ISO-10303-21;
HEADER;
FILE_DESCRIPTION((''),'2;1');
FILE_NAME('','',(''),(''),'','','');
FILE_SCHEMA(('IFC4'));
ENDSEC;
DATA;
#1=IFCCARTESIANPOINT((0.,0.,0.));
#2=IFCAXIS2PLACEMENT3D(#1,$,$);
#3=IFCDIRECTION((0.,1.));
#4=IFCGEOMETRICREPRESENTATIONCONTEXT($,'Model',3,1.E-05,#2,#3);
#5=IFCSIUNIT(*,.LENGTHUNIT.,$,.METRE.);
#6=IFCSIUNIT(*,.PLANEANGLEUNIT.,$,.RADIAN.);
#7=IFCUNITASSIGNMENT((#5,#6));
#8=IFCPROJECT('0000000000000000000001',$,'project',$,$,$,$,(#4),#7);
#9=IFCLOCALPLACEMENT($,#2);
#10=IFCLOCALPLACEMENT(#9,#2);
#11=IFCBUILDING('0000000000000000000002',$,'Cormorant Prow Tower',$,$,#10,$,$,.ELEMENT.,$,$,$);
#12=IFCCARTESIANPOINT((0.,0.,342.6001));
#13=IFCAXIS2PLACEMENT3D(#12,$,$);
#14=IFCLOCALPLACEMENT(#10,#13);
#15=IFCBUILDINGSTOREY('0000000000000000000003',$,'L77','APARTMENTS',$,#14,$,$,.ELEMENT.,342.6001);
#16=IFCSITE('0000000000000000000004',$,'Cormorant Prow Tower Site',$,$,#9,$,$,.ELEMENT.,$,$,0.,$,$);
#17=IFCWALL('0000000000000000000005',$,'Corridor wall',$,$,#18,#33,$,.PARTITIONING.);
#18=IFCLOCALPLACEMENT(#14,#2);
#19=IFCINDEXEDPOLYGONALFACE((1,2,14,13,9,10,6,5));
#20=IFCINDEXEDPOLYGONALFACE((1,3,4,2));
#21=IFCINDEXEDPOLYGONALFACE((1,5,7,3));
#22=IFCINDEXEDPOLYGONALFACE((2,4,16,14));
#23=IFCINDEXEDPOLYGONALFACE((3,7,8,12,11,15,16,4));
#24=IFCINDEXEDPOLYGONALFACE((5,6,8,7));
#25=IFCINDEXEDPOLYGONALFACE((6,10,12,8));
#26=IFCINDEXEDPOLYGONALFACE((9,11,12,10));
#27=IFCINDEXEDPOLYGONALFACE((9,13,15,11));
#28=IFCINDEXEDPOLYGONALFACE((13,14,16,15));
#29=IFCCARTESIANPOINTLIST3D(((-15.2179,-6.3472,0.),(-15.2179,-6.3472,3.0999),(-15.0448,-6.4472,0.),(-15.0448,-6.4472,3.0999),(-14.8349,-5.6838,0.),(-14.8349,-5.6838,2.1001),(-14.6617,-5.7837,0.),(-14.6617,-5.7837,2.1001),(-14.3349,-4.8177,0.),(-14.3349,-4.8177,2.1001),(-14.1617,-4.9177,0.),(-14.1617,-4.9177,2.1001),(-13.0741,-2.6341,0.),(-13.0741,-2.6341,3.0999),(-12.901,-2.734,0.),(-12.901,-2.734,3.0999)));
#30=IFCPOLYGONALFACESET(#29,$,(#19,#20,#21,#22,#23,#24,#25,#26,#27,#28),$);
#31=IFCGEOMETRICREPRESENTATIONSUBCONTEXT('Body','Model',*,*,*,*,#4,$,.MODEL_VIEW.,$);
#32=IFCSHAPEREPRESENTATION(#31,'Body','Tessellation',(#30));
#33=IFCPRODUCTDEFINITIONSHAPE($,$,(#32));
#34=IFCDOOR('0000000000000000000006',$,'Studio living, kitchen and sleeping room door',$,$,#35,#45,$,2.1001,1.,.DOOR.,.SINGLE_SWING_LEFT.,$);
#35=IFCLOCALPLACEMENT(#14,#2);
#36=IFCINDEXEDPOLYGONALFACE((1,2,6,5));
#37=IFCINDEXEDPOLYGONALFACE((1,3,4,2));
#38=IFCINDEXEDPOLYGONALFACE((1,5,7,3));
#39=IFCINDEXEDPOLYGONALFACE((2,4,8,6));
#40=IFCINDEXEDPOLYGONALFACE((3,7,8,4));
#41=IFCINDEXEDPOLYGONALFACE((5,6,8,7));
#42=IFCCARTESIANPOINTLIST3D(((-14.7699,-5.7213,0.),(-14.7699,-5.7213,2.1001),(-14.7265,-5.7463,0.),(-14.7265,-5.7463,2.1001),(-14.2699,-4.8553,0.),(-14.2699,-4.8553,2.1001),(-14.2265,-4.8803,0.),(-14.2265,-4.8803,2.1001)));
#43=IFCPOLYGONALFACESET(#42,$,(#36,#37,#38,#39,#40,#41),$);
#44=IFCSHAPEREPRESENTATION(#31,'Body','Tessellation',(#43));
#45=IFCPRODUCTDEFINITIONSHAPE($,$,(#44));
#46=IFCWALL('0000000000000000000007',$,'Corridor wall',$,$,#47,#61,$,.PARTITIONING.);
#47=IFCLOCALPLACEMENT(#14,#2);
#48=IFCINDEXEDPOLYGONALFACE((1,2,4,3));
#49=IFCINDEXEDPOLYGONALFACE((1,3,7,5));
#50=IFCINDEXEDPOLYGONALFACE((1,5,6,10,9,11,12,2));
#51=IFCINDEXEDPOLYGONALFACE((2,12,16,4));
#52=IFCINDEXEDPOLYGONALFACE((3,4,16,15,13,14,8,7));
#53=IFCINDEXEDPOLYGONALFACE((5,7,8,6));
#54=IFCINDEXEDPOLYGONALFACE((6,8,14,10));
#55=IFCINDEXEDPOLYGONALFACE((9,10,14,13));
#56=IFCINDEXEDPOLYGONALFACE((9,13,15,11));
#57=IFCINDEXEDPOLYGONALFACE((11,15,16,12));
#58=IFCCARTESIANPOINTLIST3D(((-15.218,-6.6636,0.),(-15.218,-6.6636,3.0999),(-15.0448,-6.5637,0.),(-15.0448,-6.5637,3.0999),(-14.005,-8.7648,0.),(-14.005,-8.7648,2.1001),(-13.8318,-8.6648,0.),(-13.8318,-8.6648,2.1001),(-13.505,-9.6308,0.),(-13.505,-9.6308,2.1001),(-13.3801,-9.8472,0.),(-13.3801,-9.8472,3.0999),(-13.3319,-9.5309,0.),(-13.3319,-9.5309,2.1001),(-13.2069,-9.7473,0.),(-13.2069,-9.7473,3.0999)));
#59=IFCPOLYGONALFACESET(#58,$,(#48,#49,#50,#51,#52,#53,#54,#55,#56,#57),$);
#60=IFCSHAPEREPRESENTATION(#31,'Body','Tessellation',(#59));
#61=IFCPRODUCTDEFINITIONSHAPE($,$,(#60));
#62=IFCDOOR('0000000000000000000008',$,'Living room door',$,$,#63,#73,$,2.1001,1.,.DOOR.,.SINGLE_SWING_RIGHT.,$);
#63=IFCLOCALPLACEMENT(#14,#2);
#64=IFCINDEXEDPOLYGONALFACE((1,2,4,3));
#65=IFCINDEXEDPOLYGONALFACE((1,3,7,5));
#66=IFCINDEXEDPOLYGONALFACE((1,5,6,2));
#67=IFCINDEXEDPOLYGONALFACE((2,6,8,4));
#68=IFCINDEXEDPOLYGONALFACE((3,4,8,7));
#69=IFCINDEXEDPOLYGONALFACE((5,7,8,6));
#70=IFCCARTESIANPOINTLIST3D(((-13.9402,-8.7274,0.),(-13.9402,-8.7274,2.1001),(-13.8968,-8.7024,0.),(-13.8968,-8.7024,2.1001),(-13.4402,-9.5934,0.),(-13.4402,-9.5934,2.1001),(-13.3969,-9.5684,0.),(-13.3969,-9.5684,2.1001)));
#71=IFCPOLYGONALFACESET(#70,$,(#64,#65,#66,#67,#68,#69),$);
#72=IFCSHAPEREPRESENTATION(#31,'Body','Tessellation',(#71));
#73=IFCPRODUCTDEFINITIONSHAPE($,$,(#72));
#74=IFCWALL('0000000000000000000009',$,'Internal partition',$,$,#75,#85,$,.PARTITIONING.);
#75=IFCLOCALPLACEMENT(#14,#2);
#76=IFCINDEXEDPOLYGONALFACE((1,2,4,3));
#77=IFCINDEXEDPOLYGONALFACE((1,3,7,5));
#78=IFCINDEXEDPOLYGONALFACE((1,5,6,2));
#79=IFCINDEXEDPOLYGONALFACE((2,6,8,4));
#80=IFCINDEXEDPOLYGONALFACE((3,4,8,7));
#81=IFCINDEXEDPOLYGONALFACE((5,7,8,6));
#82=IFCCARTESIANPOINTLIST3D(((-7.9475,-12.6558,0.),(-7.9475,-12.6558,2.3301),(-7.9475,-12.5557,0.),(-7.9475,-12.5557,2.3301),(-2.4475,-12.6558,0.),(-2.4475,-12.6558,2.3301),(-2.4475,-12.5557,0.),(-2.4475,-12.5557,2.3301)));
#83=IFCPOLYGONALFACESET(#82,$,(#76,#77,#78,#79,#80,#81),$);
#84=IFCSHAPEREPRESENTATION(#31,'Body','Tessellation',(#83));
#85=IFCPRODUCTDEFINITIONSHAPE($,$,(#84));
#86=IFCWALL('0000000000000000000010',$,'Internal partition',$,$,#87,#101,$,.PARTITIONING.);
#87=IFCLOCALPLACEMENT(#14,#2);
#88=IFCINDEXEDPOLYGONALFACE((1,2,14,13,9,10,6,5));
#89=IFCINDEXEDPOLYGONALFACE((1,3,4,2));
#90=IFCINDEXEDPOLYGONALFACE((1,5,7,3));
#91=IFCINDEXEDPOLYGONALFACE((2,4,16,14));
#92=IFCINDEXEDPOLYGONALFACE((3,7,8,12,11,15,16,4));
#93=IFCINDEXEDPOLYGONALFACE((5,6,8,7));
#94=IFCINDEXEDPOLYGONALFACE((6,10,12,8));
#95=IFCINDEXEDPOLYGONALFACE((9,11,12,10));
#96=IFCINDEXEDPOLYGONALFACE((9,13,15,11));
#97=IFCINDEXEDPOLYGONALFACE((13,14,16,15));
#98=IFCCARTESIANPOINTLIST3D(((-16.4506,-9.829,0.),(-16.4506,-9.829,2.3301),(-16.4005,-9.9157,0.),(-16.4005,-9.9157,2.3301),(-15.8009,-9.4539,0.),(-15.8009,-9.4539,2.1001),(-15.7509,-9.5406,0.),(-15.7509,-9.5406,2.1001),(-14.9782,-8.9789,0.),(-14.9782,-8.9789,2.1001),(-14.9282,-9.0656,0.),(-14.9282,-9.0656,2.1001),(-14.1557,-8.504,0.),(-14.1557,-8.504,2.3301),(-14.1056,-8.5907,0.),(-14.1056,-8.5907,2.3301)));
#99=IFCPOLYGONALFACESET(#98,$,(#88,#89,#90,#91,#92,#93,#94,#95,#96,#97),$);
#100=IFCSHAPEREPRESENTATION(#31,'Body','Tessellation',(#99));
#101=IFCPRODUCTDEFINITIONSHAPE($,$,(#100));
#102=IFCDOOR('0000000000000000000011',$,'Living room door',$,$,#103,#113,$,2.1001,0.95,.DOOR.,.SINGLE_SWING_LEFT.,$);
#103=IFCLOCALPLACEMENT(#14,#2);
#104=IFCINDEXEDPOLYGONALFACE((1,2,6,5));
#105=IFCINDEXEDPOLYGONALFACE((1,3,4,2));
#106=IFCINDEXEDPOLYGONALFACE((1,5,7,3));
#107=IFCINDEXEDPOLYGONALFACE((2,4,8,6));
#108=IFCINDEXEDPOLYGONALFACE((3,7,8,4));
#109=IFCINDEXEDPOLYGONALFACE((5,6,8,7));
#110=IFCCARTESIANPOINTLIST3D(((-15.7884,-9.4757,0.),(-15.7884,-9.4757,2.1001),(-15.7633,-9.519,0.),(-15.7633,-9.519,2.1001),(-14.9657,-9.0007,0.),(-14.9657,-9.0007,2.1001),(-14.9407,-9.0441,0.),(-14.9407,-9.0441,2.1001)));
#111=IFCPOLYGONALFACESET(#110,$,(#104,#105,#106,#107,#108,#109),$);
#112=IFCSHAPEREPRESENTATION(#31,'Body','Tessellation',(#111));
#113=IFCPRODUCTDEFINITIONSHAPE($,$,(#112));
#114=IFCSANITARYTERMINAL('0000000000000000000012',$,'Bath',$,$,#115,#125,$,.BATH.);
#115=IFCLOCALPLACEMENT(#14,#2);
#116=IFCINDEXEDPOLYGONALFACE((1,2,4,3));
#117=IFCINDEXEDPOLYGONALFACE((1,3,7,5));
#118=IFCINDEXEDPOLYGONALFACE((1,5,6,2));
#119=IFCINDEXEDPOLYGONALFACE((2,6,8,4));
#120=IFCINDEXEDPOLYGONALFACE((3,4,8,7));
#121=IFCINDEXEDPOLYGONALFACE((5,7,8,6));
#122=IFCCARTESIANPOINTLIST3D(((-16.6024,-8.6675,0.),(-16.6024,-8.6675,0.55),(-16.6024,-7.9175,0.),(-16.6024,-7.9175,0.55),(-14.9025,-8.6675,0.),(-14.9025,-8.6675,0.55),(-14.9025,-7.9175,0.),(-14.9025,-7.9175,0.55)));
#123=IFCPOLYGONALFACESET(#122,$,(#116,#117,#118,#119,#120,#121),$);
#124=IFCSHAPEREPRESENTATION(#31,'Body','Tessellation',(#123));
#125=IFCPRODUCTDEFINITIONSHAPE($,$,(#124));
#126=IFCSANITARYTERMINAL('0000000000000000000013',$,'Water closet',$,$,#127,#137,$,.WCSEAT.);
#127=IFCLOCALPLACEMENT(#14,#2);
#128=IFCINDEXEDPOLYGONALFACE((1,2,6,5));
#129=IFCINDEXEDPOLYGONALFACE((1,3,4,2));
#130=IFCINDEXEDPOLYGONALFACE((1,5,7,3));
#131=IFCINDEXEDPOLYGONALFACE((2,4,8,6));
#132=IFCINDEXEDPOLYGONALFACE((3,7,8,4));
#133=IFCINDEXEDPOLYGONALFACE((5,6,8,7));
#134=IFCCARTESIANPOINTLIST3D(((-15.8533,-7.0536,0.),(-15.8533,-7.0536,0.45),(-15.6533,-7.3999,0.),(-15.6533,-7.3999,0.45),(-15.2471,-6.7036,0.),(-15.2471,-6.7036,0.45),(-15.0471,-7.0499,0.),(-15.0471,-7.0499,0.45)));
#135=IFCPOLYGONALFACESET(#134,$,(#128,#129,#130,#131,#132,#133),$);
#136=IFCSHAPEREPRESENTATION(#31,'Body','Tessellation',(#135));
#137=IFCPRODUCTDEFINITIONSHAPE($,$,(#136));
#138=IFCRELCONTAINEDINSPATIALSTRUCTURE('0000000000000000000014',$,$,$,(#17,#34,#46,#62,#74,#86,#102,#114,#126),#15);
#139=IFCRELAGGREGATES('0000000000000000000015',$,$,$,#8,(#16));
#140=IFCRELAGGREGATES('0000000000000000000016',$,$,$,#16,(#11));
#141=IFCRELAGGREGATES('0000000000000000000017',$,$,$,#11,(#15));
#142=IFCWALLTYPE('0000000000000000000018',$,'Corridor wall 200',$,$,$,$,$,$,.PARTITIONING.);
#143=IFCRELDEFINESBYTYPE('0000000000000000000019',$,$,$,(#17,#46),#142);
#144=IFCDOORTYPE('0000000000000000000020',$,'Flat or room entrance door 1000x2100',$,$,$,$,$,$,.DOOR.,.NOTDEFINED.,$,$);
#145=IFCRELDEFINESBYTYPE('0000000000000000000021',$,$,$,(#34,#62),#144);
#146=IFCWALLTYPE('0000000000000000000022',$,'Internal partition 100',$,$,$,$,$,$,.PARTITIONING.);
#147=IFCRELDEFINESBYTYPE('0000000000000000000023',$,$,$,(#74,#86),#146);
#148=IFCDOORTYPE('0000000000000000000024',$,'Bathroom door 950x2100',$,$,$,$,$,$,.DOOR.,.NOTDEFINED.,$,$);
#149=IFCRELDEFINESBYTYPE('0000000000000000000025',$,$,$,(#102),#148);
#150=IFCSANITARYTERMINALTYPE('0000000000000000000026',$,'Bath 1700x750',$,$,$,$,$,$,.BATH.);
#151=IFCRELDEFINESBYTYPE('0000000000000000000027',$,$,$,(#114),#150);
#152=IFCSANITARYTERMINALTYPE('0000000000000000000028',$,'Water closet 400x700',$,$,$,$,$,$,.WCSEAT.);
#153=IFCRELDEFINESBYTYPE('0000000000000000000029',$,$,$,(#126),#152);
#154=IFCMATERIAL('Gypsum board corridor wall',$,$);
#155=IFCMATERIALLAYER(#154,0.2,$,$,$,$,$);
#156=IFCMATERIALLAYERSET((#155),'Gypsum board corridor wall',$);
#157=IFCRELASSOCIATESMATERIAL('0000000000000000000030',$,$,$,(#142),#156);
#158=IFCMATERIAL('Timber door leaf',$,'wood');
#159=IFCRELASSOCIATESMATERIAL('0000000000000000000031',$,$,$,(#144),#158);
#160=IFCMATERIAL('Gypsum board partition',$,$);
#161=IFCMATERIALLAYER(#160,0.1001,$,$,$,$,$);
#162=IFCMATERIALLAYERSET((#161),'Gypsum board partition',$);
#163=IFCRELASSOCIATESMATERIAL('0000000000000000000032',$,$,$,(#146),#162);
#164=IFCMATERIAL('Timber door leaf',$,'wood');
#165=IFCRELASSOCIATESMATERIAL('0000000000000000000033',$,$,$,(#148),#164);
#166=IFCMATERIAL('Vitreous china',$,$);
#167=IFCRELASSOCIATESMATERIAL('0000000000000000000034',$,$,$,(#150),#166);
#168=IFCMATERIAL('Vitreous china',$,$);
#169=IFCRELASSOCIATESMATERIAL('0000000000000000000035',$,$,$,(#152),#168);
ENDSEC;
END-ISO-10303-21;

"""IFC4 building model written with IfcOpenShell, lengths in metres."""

from ifc_helpers import new_model, si_unit, direction, frame, frame_2d, origin, origin_2d, place, context, subcontext, project, spatial, rectangle, extrude, material, layer, layer_set, type_object, element, fill, save


model = new_model("IFC4")

# Units and contexts
model_context = context("Model", 3, precision=1e-05, world=origin(), true_north=direction((0.0, 1.0)))
body_context = subcontext(model_context, "Body", "Model", "MODEL_VIEW")
ifc_project = project(units=[si_unit("LENGTHUNIT", "METRE"), si_unit("PLANEANGLEUNIT", "RADIAN")], contexts=[model_context])

# Site, building, storey
site_placement = place(None, origin())
site = spatial("IfcSite", under=ifc_project, at=site_placement, Name="Cormorant Prow Tower Site", CompositionType="ELEMENT", RefElevation=0.0)
building_placement = place(site_placement, origin())
building = spatial("IfcBuilding", under=site, at=building_placement, Name="Cormorant Prow Tower", CompositionType="ELEMENT")
storey_placement = place(building_placement, frame((0.0, 0.0, 342.6001)))
storey = spatial("IfcBuildingStorey", under=building, at=storey_placement, Name="L77", Description="APARTMENTS", CompositionType="ELEMENT", Elevation=342.6001)

# Shared definitions
ifc_material_1 = material(Name="Gypsum board corridor wall")
ifc_layer_1 = layer(ifc_material_1, 0.2)
ifc_layer_set_1 = layer_set([ifc_layer_1], Name="Gypsum board corridor wall")
wall_type_1 = type_object("IfcWallType", Name="Corridor wall 200", PredefinedType="PARTITIONING", material=ifc_layer_set_1)
ifc_material_2 = material(Name="Timber door leaf", Category="wood")
door_type_1 = type_object("IfcDoorType", Name="Flat or room entrance door 1000x2100", OperationType="NOTDEFINED", PredefinedType="DOOR", material=ifc_material_2)

# Walls, openings, doors
wall_1_placement = place(storey_placement, frame((-15.1313, -6.3972, 0.0), z_axis=(0.0, 0.0, 1.0), x_axis=(0.500003, 0.866023, 0.0)))
wall_1 = element("IfcWall", 1, at=wall_1_placement, inside=storey, type_object=wall_type_1, Name="Corridor wall", PredefinedType="PARTITIONING", context=body_context, shape_type="SweptSolid", body=[
    extrude(rectangle(XDim=4.2876, YDim=0.2, at=frame_2d((2.1438, 0.0))), origin(), (0.0, 0.0, 1.0), 3.0999),
])
opening_1_placement = place(wall_1_placement, frame((0.7661, 0.0, 0.0)))
opening_1 = element("IfcOpeningElement", 2, at=opening_1_placement, cuts=wall_1, PredefinedType="OPENING", context=body_context, shape_type="SweptSolid", body=[
    extrude(rectangle(XDim=1.0, YDim=2.1001, at=frame_2d((0.5, 1.05))), frame((0.0, 0.1099, 0.0), z_axis=(0.0, -1.0, 0.0), x_axis=(1.0, 0.0, 0.0)), (0.0, 0.0, 1.0), 0.22),
])
door_1_placement = place(opening_1_placement, origin())
door_1 = element("IfcDoor", 3, at=door_1_placement, inside=storey, type_object=door_type_1, Name="Studio living, kitchen and sleeping room door", OperationType="SINGLE_SWING_LEFT", OverallHeight=2.1001, OverallWidth=1.0, PredefinedType="DOOR", context=body_context, shape_type="SweptSolid", body=[
    extrude(rectangle(XDim=1.0, YDim=2.1001, at=frame_2d((0.5, 1.05))), frame((0.0, 0.0249, 0.0), z_axis=(0.0, -1.0, 0.0), x_axis=(1.0, 0.0, 0.0)), (0.0, 0.0, 1.0), 0.05),
])
fill(opening_1, door_1)
wall_2_placement = place(storey_placement, frame((-15.1313, -6.6138, 0.0), z_axis=(0.0, 0.0, 1.0), x_axis=(0.499968, -0.866044, 0.0)))
wall_2 = element("IfcWall", 4, at=wall_2_placement, inside=storey, type_object=wall_type_1, Name="Corridor wall", PredefinedType="PARTITIONING", context=body_context, shape_type="SweptSolid", body=[
    extrude(rectangle(XDim=3.676, YDim=0.2, at=frame_2d((1.8379, 0.0))), origin(), (0.0, 0.0, 1.0), 3.0999),
])
opening_2_placement = place(wall_2_placement, frame((2.426, 0.0, 0.0)))
opening_2 = element("IfcOpeningElement", 5, at=opening_2_placement, cuts=wall_2, PredefinedType="OPENING", context=body_context, shape_type="SweptSolid", body=[
    extrude(rectangle(XDim=1.0, YDim=2.1001, at=frame_2d((0.5, 1.05))), frame((0.0, 0.1099, 0.0), z_axis=(0.0, -1.0, 0.0), x_axis=(1.0, 0.0, 0.0)), (0.0, 0.0, 1.0), 0.22),
])
door_2_placement = place(opening_2_placement, origin())
door_2 = element("IfcDoor", 6, at=door_2_placement, inside=storey, type_object=door_type_1, Name="Living room door", OperationType="SINGLE_SWING_RIGHT", OverallHeight=2.1001, OverallWidth=1.0, PredefinedType="DOOR", context=body_context, shape_type="SweptSolid", body=[
    extrude(rectangle(XDim=1.0, YDim=2.1001, at=frame_2d((0.5, 1.05))), frame((0.0, 0.0249, 0.0), z_axis=(0.0, -1.0, 0.0), x_axis=(1.0, 0.0, 0.0)), (0.0, 0.0, 1.0), 0.05),
])
fill(opening_2, door_2)

# Wall
ifc_material_3 = material(Name="Gypsum board partition")
ifc_layer_2 = layer(ifc_material_3, 0.1001)
ifc_layer_set_2 = layer_set([ifc_layer_2], Name="Gypsum board partition")
wall_type_2 = type_object("IfcWallType", Name="Internal partition 100", PredefinedType="PARTITIONING", material=ifc_layer_set_2)
wall_3_placement = place(storey_placement, frame((-7.9475, -12.6057, 0.0), z_axis=(0.0, 0.0, 1.0), x_axis=(1.0, 0.0, 0.0)))
element("IfcWall", 7, at=wall_3_placement, inside=storey, type_object=wall_type_2, Name="Internal partition", PredefinedType="PARTITIONING", context=body_context, shape_type="SweptSolid", body=[
    extrude(rectangle(XDim=5.5, YDim=0.1001, at=frame_2d((2.75, 0.0))), origin(), (0.0, 0.0, 1.0), 2.3301),
])

# Wall, opening, door
wall_4_placement = place(storey_placement, frame((-16.4255, -9.8723, 0.0), z_axis=(0.0, 0.0, 1.0), x_axis=(0.866029, 0.499994, 0.0)))
wall_4 = element("IfcWall", 8, at=wall_4_placement, inside=storey, type_object=wall_type_2, Name="Internal partition", PredefinedType="PARTITIONING", context=body_context, shape_type="SweptSolid", body=[
    extrude(rectangle(XDim=2.6499, YDim=0.1001, at=frame_2d((1.325, 0.0))), origin(), (0.0, 0.0, 1.0), 2.3301),
])
opening_3_placement = place(wall_4_placement, frame((0.75, 0.0, 0.0)))
opening_3 = element("IfcOpeningElement", 9, at=opening_3_placement, cuts=wall_4, PredefinedType="OPENING", context=body_context, shape_type="SweptSolid", body=[
    extrude(rectangle(XDim=0.95, YDim=2.1001, at=frame_2d((0.4751, 1.05))), frame((0.0, 0.0601, 0.0), z_axis=(0.0, -1.0, 0.0), x_axis=(1.0, 0.0, 0.0)), (0.0, 0.0, 1.0), 0.1201),
])
ifc_material_4 = material(Name="Timber door leaf", Category="wood")
door_type_2 = type_object("IfcDoorType", Name="Bathroom door 950x2100", OperationType="NOTDEFINED", PredefinedType="DOOR", material=ifc_material_4)
door_3_placement = place(opening_3_placement, origin())
door_3 = element("IfcDoor", 10, at=door_3_placement, inside=storey, type_object=door_type_2, Name="Living room door", OperationType="SINGLE_SWING_LEFT", OverallHeight=2.1001, OverallWidth=0.95, PredefinedType="DOOR", context=body_context, shape_type="SweptSolid", body=[
    extrude(rectangle(XDim=0.95, YDim=2.1001, at=frame_2d((0.4751, 1.05))), frame((0.0, 0.0249, 0.0), z_axis=(0.0, -1.0, 0.0), x_axis=(1.0, 0.0, 0.0)), (0.0, 0.0, 1.0), 0.05),
])
fill(opening_3, door_3)

# Sanitary terminals
ifc_material_5 = material(Name="Vitreous china")
sanitary_terminal_type_1 = type_object("IfcSanitaryTerminalType", Name="Bath 1700x750", PredefinedType="BATH", material=ifc_material_5)
sanitary_terminal_1_placement = place(storey_placement, frame((-15.7524, -8.2925, 0.0), z_axis=(0.0, 0.0, 1.0), x_axis=(1.0, 0.0, 0.0)))
element("IfcSanitaryTerminal", 11, at=sanitary_terminal_1_placement, inside=storey, type_object=sanitary_terminal_type_1, Name="Bath", PredefinedType="BATH", context=body_context, shape_type="SweptSolid", body=[
    extrude(rectangle(XDim=1.7, YDim=0.75, at=origin_2d()), origin(), (0.0, 0.0, 1.0), 0.55),
])
ifc_material_6 = material(Name="Vitreous china")
sanitary_terminal_type_2 = type_object("IfcSanitaryTerminalType", Name="Water closet 400x700", PredefinedType="WCSEAT", material=ifc_material_6)
sanitary_terminal_2_placement = place(storey_placement, frame((-15.4502, -7.0518, 0.0), z_axis=(0.0, 0.0, 1.0), x_axis=(0.5, -0.866025, 0.0)))
element("IfcSanitaryTerminal", 12, at=sanitary_terminal_2_placement, inside=storey, type_object=sanitary_terminal_type_2, Name="Water closet", PredefinedType="WCSEAT", context=body_context, shape_type="SweptSolid", body=[
    extrude(rectangle(XDim=0.3999, YDim=0.7, at=origin_2d()), origin(), (0.0, 0.0, 1.0), 0.45),
])

save(model, "model.ifc")
